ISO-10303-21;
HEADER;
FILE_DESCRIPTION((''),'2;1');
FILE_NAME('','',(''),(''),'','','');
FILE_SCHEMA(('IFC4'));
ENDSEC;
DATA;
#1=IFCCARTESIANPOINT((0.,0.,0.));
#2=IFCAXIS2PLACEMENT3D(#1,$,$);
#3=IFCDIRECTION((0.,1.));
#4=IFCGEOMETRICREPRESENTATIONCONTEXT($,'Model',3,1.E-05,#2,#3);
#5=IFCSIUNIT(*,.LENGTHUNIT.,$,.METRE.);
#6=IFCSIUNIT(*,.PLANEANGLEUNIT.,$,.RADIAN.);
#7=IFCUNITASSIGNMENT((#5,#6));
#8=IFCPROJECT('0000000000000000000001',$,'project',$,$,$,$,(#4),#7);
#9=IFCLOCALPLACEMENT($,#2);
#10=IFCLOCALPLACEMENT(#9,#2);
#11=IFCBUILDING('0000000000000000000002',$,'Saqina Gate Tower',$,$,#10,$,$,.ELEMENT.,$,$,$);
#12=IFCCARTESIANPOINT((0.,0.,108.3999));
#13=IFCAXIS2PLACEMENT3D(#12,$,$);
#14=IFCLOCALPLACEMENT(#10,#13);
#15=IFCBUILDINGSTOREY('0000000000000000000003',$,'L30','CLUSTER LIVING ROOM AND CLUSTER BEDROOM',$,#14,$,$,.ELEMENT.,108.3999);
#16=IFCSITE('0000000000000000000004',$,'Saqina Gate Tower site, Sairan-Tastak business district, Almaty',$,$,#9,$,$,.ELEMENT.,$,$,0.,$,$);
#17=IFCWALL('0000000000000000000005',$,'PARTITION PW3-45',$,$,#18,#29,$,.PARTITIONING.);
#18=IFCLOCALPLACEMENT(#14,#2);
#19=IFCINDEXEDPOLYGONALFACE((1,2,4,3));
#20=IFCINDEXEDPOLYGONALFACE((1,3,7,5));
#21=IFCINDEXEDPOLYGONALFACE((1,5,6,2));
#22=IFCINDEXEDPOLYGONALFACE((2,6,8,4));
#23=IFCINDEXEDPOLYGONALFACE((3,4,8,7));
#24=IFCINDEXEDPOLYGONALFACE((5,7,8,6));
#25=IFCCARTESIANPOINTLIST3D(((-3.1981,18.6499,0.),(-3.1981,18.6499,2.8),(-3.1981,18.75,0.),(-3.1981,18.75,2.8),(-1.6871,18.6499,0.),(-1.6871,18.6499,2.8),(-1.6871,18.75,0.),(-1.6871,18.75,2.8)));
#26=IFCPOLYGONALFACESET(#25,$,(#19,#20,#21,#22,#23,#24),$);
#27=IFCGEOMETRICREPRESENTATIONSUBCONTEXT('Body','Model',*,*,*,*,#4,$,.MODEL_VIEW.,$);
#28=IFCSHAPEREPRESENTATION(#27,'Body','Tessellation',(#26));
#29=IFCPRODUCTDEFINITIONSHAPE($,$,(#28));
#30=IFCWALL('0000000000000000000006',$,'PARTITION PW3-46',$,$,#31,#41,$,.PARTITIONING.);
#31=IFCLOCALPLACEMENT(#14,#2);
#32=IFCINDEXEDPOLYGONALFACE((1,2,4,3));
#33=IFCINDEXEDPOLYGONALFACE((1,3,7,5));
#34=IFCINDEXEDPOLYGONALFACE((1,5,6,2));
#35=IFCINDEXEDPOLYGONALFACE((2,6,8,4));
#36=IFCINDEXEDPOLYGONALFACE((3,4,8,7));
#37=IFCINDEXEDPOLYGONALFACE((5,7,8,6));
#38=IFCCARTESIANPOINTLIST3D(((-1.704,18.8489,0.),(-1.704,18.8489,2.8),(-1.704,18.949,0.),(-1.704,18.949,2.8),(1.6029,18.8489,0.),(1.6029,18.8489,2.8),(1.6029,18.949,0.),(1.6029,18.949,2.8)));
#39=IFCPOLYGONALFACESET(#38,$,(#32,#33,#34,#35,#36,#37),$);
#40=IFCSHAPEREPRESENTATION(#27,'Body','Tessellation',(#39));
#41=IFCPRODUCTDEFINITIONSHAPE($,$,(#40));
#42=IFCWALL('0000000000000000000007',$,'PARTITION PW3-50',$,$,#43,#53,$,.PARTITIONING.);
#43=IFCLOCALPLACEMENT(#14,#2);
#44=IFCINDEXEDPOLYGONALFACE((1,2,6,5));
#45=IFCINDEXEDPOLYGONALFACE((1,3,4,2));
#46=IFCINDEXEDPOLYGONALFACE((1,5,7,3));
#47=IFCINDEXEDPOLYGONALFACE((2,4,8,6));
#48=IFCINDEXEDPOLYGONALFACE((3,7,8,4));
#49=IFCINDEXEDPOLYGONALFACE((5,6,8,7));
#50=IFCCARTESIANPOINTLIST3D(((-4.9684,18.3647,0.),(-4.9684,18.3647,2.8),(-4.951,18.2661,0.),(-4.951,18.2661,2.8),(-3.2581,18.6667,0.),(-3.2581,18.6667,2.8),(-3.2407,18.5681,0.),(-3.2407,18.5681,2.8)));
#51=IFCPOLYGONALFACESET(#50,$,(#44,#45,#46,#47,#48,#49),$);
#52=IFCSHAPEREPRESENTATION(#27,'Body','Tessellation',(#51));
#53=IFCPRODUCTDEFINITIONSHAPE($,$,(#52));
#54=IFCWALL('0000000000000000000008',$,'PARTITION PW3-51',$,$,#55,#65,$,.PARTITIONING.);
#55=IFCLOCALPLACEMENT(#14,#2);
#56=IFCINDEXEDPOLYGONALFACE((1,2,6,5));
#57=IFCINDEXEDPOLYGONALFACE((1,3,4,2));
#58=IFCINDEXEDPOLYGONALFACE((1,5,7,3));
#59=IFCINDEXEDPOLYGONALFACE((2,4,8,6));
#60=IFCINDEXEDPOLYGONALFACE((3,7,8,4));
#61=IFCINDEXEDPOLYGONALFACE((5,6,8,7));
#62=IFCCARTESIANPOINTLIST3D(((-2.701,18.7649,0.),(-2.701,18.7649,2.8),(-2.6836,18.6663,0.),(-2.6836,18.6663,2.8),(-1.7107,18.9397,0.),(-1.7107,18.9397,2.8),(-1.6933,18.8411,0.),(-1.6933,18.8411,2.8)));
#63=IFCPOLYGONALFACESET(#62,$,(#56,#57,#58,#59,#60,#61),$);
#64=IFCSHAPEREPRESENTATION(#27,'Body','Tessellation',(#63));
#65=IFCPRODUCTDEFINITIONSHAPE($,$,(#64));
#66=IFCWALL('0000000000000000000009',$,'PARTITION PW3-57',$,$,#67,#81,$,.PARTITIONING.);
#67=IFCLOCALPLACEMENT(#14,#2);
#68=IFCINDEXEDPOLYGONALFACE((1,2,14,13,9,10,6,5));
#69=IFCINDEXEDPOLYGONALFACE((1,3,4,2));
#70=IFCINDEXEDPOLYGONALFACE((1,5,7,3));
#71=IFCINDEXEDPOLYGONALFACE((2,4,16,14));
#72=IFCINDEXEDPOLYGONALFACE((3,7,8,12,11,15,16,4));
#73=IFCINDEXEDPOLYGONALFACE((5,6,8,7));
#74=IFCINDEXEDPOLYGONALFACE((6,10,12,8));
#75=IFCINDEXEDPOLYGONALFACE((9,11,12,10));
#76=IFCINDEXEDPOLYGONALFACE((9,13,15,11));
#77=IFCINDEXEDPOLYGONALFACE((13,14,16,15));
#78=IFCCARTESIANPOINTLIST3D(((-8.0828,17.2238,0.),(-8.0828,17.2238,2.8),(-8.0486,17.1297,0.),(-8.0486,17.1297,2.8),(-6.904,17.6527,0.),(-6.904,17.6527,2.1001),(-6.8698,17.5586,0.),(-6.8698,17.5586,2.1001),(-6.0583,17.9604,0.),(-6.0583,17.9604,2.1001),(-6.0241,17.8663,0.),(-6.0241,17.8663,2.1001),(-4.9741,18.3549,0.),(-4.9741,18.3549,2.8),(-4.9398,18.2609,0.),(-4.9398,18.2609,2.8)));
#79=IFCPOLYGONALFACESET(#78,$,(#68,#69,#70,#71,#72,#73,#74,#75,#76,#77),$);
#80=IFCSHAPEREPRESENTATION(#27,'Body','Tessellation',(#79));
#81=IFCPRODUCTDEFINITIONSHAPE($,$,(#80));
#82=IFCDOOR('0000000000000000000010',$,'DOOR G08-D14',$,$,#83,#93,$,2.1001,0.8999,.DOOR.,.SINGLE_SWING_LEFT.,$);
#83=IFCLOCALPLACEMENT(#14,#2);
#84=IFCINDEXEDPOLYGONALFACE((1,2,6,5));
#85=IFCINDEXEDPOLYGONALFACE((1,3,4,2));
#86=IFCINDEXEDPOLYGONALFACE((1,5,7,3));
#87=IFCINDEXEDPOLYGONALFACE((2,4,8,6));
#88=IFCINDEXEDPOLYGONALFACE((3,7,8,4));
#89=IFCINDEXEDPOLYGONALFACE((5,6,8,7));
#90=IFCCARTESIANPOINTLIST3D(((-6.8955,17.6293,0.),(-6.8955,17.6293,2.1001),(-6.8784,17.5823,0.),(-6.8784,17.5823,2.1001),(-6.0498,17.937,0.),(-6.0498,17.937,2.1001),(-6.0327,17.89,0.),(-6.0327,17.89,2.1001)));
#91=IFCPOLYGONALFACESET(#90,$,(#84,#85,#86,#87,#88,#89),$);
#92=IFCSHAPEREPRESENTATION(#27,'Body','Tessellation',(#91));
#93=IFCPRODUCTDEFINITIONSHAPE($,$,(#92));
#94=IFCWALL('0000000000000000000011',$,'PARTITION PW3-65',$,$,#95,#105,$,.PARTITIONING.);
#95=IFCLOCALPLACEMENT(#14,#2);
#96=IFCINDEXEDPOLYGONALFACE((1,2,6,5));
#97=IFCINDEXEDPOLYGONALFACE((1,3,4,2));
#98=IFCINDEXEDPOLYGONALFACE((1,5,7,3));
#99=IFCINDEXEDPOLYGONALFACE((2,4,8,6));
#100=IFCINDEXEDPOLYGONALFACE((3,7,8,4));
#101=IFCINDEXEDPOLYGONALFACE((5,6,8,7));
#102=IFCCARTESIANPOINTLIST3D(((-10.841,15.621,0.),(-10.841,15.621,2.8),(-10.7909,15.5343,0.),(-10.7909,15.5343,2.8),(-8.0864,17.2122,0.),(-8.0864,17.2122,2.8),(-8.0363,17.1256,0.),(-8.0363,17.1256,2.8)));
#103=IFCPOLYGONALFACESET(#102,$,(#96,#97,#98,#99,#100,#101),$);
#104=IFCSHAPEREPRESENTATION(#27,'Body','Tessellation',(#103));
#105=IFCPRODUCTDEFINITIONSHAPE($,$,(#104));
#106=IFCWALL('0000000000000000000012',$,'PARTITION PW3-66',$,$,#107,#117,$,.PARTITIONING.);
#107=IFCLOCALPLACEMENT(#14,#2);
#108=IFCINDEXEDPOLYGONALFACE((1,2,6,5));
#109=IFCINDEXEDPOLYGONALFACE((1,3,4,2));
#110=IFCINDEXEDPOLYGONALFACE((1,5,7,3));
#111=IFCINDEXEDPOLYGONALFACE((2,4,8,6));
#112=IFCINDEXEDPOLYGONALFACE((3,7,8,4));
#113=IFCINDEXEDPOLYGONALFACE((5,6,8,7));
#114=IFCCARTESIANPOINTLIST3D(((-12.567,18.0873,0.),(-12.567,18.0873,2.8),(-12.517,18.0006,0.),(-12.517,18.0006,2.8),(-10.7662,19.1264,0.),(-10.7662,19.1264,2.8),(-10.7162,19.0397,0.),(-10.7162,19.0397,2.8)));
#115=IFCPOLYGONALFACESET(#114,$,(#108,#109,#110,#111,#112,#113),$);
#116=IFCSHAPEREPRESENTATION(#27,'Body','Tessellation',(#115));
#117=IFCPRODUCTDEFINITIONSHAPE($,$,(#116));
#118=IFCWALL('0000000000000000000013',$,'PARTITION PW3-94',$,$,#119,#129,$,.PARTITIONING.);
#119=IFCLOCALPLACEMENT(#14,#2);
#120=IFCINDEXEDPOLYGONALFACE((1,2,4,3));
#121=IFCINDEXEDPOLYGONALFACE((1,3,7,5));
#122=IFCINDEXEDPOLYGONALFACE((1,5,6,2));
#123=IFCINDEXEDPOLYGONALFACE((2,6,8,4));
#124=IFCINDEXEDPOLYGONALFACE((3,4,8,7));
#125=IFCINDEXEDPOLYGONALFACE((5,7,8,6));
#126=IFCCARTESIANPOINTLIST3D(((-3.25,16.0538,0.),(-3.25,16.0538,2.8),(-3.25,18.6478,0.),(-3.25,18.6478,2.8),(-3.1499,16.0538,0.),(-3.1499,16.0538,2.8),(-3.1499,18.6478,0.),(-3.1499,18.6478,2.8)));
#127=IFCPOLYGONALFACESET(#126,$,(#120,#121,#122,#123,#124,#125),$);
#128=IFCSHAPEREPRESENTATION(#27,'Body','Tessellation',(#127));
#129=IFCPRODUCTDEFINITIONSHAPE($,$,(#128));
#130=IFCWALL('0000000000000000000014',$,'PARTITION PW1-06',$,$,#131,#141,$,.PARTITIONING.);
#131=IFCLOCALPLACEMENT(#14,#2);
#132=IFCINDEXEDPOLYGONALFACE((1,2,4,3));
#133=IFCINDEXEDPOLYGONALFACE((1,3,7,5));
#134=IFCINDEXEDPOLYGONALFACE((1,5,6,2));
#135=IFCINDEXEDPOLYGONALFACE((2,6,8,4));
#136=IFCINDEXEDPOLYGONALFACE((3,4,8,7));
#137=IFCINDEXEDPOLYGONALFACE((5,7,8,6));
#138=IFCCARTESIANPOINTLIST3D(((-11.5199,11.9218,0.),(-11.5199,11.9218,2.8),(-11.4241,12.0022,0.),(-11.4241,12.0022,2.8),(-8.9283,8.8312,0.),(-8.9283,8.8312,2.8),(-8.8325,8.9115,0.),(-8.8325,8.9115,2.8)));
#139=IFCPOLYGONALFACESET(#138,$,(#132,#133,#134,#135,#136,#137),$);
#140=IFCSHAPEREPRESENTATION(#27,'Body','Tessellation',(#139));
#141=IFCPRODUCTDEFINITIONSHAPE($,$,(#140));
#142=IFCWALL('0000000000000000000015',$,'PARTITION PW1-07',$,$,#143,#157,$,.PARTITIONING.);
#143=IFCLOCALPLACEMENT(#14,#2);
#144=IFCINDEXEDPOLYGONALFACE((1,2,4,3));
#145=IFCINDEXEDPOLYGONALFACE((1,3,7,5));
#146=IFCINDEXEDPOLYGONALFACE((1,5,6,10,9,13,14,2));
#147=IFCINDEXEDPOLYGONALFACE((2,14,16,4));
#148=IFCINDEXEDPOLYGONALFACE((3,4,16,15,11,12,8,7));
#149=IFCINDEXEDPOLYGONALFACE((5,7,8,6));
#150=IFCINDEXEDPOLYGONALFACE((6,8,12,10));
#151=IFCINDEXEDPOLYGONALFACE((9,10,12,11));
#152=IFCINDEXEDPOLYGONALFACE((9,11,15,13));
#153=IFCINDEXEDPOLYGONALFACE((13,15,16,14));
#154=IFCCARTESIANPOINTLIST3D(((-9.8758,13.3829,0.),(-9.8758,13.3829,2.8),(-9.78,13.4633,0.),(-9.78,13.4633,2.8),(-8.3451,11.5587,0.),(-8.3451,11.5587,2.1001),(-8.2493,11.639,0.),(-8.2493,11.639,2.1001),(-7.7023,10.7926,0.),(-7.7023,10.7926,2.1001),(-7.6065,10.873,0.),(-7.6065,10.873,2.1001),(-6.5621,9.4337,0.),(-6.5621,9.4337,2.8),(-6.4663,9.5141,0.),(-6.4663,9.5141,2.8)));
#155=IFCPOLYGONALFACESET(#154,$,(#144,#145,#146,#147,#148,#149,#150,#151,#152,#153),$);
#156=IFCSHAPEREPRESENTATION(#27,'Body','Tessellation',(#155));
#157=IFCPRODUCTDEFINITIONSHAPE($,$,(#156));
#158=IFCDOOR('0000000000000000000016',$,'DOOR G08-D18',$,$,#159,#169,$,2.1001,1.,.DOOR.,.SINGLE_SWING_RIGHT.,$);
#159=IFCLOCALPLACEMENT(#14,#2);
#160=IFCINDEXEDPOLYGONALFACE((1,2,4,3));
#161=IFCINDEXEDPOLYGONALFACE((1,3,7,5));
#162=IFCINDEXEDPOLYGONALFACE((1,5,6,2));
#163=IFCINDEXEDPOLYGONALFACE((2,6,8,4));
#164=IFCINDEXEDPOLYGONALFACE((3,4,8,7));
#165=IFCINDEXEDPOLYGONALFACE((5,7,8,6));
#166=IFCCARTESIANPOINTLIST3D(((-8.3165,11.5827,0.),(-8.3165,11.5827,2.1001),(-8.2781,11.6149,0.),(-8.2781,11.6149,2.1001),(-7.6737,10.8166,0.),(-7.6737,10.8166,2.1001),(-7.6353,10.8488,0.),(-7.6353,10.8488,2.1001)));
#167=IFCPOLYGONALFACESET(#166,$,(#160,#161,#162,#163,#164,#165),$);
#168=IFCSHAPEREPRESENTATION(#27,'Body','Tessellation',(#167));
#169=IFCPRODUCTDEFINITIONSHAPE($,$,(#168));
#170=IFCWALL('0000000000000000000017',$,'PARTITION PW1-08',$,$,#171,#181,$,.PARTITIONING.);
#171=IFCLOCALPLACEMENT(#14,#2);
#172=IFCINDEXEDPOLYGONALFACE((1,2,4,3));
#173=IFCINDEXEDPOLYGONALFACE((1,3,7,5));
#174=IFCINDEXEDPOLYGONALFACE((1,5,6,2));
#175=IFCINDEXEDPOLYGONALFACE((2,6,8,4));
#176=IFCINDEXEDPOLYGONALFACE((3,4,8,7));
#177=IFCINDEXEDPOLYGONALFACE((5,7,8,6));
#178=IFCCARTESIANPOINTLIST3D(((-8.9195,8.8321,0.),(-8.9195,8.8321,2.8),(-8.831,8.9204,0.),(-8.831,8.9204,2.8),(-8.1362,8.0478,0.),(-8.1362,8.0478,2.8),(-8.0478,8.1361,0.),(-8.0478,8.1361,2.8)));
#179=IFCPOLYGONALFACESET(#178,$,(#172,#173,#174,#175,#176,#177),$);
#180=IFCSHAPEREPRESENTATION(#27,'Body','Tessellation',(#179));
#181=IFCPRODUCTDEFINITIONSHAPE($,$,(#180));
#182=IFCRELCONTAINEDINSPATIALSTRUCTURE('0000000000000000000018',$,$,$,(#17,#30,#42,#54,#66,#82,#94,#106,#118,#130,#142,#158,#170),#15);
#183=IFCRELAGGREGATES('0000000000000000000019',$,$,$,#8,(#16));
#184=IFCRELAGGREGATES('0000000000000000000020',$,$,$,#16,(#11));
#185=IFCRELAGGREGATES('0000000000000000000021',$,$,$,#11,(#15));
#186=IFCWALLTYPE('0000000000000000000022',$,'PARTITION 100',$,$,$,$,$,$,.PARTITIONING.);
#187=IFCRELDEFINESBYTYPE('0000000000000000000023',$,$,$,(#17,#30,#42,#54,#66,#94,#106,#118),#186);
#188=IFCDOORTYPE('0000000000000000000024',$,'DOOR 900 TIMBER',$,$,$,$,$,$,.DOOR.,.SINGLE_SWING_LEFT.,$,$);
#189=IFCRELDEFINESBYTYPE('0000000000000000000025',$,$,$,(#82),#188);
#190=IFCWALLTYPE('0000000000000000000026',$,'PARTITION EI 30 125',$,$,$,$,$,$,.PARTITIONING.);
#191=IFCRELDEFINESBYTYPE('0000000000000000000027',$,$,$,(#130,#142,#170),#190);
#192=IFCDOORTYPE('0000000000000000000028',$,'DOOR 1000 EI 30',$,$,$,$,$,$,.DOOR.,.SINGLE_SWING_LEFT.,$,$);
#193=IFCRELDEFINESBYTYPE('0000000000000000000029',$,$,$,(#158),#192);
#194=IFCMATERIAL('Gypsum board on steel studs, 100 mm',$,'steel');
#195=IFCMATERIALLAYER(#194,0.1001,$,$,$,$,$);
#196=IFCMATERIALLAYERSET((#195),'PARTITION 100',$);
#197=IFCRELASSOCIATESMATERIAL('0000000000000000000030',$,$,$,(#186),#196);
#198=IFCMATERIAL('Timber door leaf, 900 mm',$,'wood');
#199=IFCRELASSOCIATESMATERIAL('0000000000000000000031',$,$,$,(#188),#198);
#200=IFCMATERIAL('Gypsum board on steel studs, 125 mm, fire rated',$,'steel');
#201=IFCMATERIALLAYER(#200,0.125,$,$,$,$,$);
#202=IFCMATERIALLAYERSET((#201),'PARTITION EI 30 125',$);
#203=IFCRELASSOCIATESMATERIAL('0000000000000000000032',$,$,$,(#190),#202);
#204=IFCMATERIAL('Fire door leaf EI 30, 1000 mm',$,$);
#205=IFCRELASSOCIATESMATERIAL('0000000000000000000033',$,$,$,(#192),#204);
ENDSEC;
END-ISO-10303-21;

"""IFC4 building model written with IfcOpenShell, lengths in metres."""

from ifc_helpers import new_model, si_unit, direction, frame, frame_2d, origin, place, context, subcontext, project, spatial, rectangle, extrude, material, layer, layer_set, type_object, element, fill, save


model = new_model("IFC4")

# Units and contexts
model_context = context("Model", 3, precision=1e-05, world=origin(), true_north=direction((0.0, 1.0)))
body_context = subcontext(model_context, "Body", "Model", "MODEL_VIEW")
ifc_project = project(units=[si_unit("LENGTHUNIT", "METRE"), si_unit("PLANEANGLEUNIT", "RADIAN")], contexts=[model_context])

# Site, building, storey
site_placement = place(None, origin())
site = spatial("IfcSite", under=ifc_project, at=site_placement, Name="Saqina Gate Tower site, Sairan-Tastak business district, Almaty", CompositionType="ELEMENT", RefElevation=0.0)
building_placement = place(site_placement, origin())
building = spatial("IfcBuilding", under=site, at=building_placement, Name="Saqina Gate Tower", CompositionType="ELEMENT")
storey_placement = place(building_placement, frame((0.0, 0.0, 108.3999)))
storey = spatial("IfcBuildingStorey", under=building, at=storey_placement, Name="L30", Description="CLUSTER LIVING ROOM AND CLUSTER BEDROOM", CompositionType="ELEMENT", Elevation=108.3999)

# Shared definitions
ifc_material_1 = material(Name="Gypsum board on steel studs, 100 mm", Category="steel")
ifc_layer_1 = layer(ifc_material_1, 0.1001)
ifc_layer_set_1 = layer_set([ifc_layer_1], Name="PARTITION 100")
wall_type_1 = type_object("IfcWallType", Name="PARTITION 100", PredefinedType="PARTITIONING", material=ifc_layer_set_1)
ifc_material_2 = material(Name="Timber door leaf, 900 mm", Category="wood")
door_type_1 = type_object("IfcDoorType", Name="DOOR 900 TIMBER", OperationType="SINGLE_SWING_LEFT", PredefinedType="DOOR", material=ifc_material_2)

# Walls
wall_1_placement = place(storey_placement, frame((-3.198, 18.7, 0.0), z_axis=(0.0, 0.0, 1.0), x_axis=(1.0, 0.0, 0.0)))
element("IfcWall", 1, at=wall_1_placement, inside=storey, type_object=wall_type_1, Name="PARTITION PW3-45", PredefinedType="PARTITIONING", context=body_context, shape_type="SweptSolid", body=[
    extrude(rectangle(XDim=1.511, YDim=0.1001, at=frame_2d((0.7554, 0.0))), origin(), (0.0, 0.0, 1.0), 2.8),
])
wall_2_placement = place(storey_placement, frame((-1.7039, 18.8989, 0.0), z_axis=(0.0, 0.0, 1.0), x_axis=(1.0, 0.0, 0.0)))
element("IfcWall", 2, at=wall_2_placement, inside=storey, type_object=wall_type_1, Name="PARTITION PW3-46", PredefinedType="PARTITIONING", context=body_context, shape_type="SweptSolid", body=[
    extrude(rectangle(XDim=3.3069, YDim=0.1001, at=frame_2d((1.6533, 0.0))), origin(), (0.0, 0.0, 1.0), 2.8),
])
wall_3_placement = place(storey_placement, frame((-4.9597, 18.3154, 0.0), z_axis=(0.0, 0.0, 1.0), x_axis=(0.984768, 0.173874, 0.0)))
element("IfcWall", 3, at=wall_3_placement, inside=storey, type_object=wall_type_1, Name="PARTITION PW3-50", PredefinedType="PARTITIONING", context=body_context, shape_type="SweptSolid", body=[
    extrude(rectangle(XDim=1.7368, YDim=0.1001, at=frame_2d((0.8684, 0.0))), origin(), (0.0, 0.0, 1.0), 2.8),
])
wall_4_placement = place(storey_placement, frame((-2.6924, 18.7156, 0.0), z_axis=(0.0, 0.0, 1.0), x_axis=(0.984774, 0.173841, 0.0)))
element("IfcWall", 4, at=wall_4_placement, inside=storey, type_object=wall_type_1, Name="PARTITION PW3-51", PredefinedType="PARTITIONING", context=body_context, shape_type="SweptSolid", body=[
    extrude(rectangle(XDim=1.0056, YDim=0.1001, at=frame_2d((0.5029, 0.0))), origin(), (0.0, 0.0, 1.0), 2.8),
])

# Wall, opening, door
wall_5_placement = place(storey_placement, frame((-8.0657, 17.1768, 0.0), z_axis=(0.0, 0.0, 1.0), x_axis=(0.939727, 0.341927, 0.0)))
wall_5 = element("IfcWall", 5, at=wall_5_placement, inside=storey, type_object=wall_type_1, Name="PARTITION PW3-57", PredefinedType="PARTITIONING", context=body_context, shape_type="SweptSolid", body=[
    extrude(rectangle(XDim=3.3081, YDim=0.1001, at=frame_2d((1.6541, 0.0))), origin(), (0.0, 0.0, 1.0), 2.8),
])
opening_1_placement = place(wall_5_placement, frame((1.2544, 0.0, 0.0)))
opening_1 = element("IfcOpeningElement", 6, at=opening_1_placement, cuts=wall_5, PredefinedType="OPENING", context=body_context, shape_type="SweptSolid", body=[
    extrude(rectangle(XDim=0.8999, YDim=2.1001, at=frame_2d((0.45, 1.05))), frame((0.0, 0.062, 0.0), z_axis=(0.0, -1.0, 0.0), x_axis=(1.0, 0.0, 0.0)), (0.0, 0.0, 1.0), 0.124),
])
door_1_placement = place(opening_1_placement, frame((0.8999, 0.0, 0.0), z_axis=(0.0, 0.0, 1.0), x_axis=(-1.0, 0.0, 0.0)))
door_1 = element("IfcDoor", 7, at=door_1_placement, inside=storey, type_object=door_type_1, Name="DOOR G08-D14", OperationType="SINGLE_SWING_LEFT", OverallHeight=2.1001, OverallWidth=0.8999, PredefinedType="DOOR", context=body_context, shape_type="SweptSolid", body=[
    extrude(rectangle(XDim=0.8999, YDim=2.1001, at=frame_2d((0.45, 1.05))), frame((0.0, 0.0249, 0.0), z_axis=(0.0, -1.0, 0.0), x_axis=(1.0, 0.0, 0.0)), (0.0, 0.0, 1.0), 0.05),
])
fill(opening_1, door_1)

# Walls
wall_6_placement = place(storey_placement, frame((-10.8159, 15.5776, 0.0), z_axis=(0.0, 0.0, 1.0), x_axis=(0.865901, 0.500216, 0.0)))
element("IfcWall", 8, at=wall_6_placement, inside=storey, type_object=wall_type_1, Name="PARTITION PW3-65", PredefinedType="PARTITIONING", context=body_context, shape_type="SweptSolid", body=[
    extrude(rectangle(XDim=3.1812, YDim=0.1001, at=frame_2d((1.5906, 0.0))), origin(), (0.0, 0.0, 1.0), 2.8),
])
wall_7_placement = place(storey_placement, frame((-12.542, 18.0439, 0.0), z_axis=(0.0, 0.0, 1.0), x_axis=(0.866154, 0.499777, 0.0)))
element("IfcWall", 9, at=wall_7_placement, inside=storey, type_object=wall_type_1, Name="PARTITION PW3-66", PredefinedType="PARTITIONING", context=body_context, shape_type="SweptSolid", body=[
    extrude(rectangle(XDim=2.0791, YDim=0.1001, at=frame_2d((1.0396, 0.0))), origin(), (0.0, 0.0, 1.0), 2.8),
])
wall_8_placement = place(storey_placement, frame((-3.2, 16.054, 0.0), z_axis=(0.0, 0.0, 1.0), x_axis=(0.0, 1.0, 0.0)))
element("IfcWall", 10, at=wall_8_placement, inside=storey, type_object=wall_type_1, Name="PARTITION PW3-94", PredefinedType="PARTITIONING", context=body_context, shape_type="SweptSolid", body=[
    extrude(rectangle(XDim=2.594, YDim=0.1001, at=frame_2d((1.2969, 0.0))), origin(), (0.0, 0.0, 1.0), 2.8),
])
ifc_material_3 = material(Name="Gypsum board on steel studs, 125 mm, fire rated", Category="steel")
ifc_layer_2 = layer(ifc_material_3, 0.125)
ifc_layer_set_2 = layer_set([ifc_layer_2], Name="PARTITION EI 30 125")
wall_type_2 = type_object("IfcWallType", Name="PARTITION EI 30 125", PredefinedType="PARTITIONING", material=ifc_layer_set_2)
wall_9_placement = place(storey_placement, frame((-11.4719, 11.9619, 0.0), z_axis=(0.0, 0.0, 1.0), x_axis=(0.642533, -0.766258, 0.0)))
element("IfcWall", 11, at=wall_9_placement, inside=storey, type_object=wall_type_2, Name="PARTITION PW1-06", PredefinedType="PARTITIONING", context=body_context, shape_type="SweptSolid", body=[
    extrude(rectangle(XDim=4.0334, YDim=0.125, at=frame_2d((2.0166, 0.0))), origin(), (0.0, 0.0, 1.0), 2.8),
])

# Wall, opening, door
wall_10_placement = place(storey_placement, frame((-9.8279, 13.4231, 0.0), z_axis=(0.0, 0.0, 1.0), x_axis=(0.64278, -0.766051, 0.0)))
wall_10 = element("IfcWall", 12, at=wall_10_placement, inside=storey, type_object=wall_type_2, Name="PARTITION PW1-07", PredefinedType="PARTITIONING", context=body_context, shape_type="SweptSolid", body=[
    extrude(rectangle(XDim=5.1553, YDim=0.125, at=frame_2d((2.5776, 0.0))), origin(), (0.0, 0.0, 1.0), 2.8),
])
opening_2_placement = place(wall_10_placement, frame((2.3813, 0.0, 0.0)))
opening_2 = element("IfcOpeningElement", 13, at=opening_2_placement, cuts=wall_10, PredefinedType="OPENING", context=body_context, shape_type="SweptSolid", body=[
    extrude(rectangle(XDim=1.0, YDim=2.1001, at=frame_2d((0.5, 1.05))), frame((0.0, 0.0745, 0.0), z_axis=(0.0, -1.0, 0.0), x_axis=(1.0, 0.0, 0.0)), (0.0, 0.0, 1.0), 0.1489),
])
ifc_material_4 = material(Name="Fire door leaf EI 30, 1000 mm")
door_type_2 = type_object("IfcDoorType", Name="DOOR 1000 EI 30", OperationType="SINGLE_SWING_LEFT", PredefinedType="DOOR", material=ifc_material_4)
door_2_placement = place(opening_2_placement, origin())
door_2 = element("IfcDoor", 14, at=door_2_placement, inside=storey, type_object=door_type_2, Name="DOOR G08-D18", OperationType="SINGLE_SWING_RIGHT", OverallHeight=2.1001, OverallWidth=1.0, PredefinedType="DOOR", context=body_context, shape_type="SweptSolid", body=[
    extrude(rectangle(XDim=1.0, YDim=2.1001, at=frame_2d((0.5, 1.05))), frame((0.0, 0.0249, 0.0), z_axis=(0.0, -1.0, 0.0), x_axis=(1.0, 0.0, 0.0)), (0.0, 0.0, 1.0), 0.05),
])
fill(opening_2, door_2)

# Wall
wall_11_placement = place(storey_placement, frame((-8.8752, 8.8762, 0.0), z_axis=(0.0, 0.0, 1.0), x_axis=(0.706666, -0.707547, 0.0)))
element("IfcWall", 15, at=wall_11_placement, inside=storey, type_object=wall_type_2, Name="PARTITION PW1-08", PredefinedType="PARTITIONING", context=body_context, shape_type="SweptSolid", body=[
    extrude(rectangle(XDim=1.1084, YDim=0.125, at=frame_2d((0.5542, 0.0))), origin(), (0.0, 0.0, 1.0), 2.8),
])

save(model, "model.ifc")
